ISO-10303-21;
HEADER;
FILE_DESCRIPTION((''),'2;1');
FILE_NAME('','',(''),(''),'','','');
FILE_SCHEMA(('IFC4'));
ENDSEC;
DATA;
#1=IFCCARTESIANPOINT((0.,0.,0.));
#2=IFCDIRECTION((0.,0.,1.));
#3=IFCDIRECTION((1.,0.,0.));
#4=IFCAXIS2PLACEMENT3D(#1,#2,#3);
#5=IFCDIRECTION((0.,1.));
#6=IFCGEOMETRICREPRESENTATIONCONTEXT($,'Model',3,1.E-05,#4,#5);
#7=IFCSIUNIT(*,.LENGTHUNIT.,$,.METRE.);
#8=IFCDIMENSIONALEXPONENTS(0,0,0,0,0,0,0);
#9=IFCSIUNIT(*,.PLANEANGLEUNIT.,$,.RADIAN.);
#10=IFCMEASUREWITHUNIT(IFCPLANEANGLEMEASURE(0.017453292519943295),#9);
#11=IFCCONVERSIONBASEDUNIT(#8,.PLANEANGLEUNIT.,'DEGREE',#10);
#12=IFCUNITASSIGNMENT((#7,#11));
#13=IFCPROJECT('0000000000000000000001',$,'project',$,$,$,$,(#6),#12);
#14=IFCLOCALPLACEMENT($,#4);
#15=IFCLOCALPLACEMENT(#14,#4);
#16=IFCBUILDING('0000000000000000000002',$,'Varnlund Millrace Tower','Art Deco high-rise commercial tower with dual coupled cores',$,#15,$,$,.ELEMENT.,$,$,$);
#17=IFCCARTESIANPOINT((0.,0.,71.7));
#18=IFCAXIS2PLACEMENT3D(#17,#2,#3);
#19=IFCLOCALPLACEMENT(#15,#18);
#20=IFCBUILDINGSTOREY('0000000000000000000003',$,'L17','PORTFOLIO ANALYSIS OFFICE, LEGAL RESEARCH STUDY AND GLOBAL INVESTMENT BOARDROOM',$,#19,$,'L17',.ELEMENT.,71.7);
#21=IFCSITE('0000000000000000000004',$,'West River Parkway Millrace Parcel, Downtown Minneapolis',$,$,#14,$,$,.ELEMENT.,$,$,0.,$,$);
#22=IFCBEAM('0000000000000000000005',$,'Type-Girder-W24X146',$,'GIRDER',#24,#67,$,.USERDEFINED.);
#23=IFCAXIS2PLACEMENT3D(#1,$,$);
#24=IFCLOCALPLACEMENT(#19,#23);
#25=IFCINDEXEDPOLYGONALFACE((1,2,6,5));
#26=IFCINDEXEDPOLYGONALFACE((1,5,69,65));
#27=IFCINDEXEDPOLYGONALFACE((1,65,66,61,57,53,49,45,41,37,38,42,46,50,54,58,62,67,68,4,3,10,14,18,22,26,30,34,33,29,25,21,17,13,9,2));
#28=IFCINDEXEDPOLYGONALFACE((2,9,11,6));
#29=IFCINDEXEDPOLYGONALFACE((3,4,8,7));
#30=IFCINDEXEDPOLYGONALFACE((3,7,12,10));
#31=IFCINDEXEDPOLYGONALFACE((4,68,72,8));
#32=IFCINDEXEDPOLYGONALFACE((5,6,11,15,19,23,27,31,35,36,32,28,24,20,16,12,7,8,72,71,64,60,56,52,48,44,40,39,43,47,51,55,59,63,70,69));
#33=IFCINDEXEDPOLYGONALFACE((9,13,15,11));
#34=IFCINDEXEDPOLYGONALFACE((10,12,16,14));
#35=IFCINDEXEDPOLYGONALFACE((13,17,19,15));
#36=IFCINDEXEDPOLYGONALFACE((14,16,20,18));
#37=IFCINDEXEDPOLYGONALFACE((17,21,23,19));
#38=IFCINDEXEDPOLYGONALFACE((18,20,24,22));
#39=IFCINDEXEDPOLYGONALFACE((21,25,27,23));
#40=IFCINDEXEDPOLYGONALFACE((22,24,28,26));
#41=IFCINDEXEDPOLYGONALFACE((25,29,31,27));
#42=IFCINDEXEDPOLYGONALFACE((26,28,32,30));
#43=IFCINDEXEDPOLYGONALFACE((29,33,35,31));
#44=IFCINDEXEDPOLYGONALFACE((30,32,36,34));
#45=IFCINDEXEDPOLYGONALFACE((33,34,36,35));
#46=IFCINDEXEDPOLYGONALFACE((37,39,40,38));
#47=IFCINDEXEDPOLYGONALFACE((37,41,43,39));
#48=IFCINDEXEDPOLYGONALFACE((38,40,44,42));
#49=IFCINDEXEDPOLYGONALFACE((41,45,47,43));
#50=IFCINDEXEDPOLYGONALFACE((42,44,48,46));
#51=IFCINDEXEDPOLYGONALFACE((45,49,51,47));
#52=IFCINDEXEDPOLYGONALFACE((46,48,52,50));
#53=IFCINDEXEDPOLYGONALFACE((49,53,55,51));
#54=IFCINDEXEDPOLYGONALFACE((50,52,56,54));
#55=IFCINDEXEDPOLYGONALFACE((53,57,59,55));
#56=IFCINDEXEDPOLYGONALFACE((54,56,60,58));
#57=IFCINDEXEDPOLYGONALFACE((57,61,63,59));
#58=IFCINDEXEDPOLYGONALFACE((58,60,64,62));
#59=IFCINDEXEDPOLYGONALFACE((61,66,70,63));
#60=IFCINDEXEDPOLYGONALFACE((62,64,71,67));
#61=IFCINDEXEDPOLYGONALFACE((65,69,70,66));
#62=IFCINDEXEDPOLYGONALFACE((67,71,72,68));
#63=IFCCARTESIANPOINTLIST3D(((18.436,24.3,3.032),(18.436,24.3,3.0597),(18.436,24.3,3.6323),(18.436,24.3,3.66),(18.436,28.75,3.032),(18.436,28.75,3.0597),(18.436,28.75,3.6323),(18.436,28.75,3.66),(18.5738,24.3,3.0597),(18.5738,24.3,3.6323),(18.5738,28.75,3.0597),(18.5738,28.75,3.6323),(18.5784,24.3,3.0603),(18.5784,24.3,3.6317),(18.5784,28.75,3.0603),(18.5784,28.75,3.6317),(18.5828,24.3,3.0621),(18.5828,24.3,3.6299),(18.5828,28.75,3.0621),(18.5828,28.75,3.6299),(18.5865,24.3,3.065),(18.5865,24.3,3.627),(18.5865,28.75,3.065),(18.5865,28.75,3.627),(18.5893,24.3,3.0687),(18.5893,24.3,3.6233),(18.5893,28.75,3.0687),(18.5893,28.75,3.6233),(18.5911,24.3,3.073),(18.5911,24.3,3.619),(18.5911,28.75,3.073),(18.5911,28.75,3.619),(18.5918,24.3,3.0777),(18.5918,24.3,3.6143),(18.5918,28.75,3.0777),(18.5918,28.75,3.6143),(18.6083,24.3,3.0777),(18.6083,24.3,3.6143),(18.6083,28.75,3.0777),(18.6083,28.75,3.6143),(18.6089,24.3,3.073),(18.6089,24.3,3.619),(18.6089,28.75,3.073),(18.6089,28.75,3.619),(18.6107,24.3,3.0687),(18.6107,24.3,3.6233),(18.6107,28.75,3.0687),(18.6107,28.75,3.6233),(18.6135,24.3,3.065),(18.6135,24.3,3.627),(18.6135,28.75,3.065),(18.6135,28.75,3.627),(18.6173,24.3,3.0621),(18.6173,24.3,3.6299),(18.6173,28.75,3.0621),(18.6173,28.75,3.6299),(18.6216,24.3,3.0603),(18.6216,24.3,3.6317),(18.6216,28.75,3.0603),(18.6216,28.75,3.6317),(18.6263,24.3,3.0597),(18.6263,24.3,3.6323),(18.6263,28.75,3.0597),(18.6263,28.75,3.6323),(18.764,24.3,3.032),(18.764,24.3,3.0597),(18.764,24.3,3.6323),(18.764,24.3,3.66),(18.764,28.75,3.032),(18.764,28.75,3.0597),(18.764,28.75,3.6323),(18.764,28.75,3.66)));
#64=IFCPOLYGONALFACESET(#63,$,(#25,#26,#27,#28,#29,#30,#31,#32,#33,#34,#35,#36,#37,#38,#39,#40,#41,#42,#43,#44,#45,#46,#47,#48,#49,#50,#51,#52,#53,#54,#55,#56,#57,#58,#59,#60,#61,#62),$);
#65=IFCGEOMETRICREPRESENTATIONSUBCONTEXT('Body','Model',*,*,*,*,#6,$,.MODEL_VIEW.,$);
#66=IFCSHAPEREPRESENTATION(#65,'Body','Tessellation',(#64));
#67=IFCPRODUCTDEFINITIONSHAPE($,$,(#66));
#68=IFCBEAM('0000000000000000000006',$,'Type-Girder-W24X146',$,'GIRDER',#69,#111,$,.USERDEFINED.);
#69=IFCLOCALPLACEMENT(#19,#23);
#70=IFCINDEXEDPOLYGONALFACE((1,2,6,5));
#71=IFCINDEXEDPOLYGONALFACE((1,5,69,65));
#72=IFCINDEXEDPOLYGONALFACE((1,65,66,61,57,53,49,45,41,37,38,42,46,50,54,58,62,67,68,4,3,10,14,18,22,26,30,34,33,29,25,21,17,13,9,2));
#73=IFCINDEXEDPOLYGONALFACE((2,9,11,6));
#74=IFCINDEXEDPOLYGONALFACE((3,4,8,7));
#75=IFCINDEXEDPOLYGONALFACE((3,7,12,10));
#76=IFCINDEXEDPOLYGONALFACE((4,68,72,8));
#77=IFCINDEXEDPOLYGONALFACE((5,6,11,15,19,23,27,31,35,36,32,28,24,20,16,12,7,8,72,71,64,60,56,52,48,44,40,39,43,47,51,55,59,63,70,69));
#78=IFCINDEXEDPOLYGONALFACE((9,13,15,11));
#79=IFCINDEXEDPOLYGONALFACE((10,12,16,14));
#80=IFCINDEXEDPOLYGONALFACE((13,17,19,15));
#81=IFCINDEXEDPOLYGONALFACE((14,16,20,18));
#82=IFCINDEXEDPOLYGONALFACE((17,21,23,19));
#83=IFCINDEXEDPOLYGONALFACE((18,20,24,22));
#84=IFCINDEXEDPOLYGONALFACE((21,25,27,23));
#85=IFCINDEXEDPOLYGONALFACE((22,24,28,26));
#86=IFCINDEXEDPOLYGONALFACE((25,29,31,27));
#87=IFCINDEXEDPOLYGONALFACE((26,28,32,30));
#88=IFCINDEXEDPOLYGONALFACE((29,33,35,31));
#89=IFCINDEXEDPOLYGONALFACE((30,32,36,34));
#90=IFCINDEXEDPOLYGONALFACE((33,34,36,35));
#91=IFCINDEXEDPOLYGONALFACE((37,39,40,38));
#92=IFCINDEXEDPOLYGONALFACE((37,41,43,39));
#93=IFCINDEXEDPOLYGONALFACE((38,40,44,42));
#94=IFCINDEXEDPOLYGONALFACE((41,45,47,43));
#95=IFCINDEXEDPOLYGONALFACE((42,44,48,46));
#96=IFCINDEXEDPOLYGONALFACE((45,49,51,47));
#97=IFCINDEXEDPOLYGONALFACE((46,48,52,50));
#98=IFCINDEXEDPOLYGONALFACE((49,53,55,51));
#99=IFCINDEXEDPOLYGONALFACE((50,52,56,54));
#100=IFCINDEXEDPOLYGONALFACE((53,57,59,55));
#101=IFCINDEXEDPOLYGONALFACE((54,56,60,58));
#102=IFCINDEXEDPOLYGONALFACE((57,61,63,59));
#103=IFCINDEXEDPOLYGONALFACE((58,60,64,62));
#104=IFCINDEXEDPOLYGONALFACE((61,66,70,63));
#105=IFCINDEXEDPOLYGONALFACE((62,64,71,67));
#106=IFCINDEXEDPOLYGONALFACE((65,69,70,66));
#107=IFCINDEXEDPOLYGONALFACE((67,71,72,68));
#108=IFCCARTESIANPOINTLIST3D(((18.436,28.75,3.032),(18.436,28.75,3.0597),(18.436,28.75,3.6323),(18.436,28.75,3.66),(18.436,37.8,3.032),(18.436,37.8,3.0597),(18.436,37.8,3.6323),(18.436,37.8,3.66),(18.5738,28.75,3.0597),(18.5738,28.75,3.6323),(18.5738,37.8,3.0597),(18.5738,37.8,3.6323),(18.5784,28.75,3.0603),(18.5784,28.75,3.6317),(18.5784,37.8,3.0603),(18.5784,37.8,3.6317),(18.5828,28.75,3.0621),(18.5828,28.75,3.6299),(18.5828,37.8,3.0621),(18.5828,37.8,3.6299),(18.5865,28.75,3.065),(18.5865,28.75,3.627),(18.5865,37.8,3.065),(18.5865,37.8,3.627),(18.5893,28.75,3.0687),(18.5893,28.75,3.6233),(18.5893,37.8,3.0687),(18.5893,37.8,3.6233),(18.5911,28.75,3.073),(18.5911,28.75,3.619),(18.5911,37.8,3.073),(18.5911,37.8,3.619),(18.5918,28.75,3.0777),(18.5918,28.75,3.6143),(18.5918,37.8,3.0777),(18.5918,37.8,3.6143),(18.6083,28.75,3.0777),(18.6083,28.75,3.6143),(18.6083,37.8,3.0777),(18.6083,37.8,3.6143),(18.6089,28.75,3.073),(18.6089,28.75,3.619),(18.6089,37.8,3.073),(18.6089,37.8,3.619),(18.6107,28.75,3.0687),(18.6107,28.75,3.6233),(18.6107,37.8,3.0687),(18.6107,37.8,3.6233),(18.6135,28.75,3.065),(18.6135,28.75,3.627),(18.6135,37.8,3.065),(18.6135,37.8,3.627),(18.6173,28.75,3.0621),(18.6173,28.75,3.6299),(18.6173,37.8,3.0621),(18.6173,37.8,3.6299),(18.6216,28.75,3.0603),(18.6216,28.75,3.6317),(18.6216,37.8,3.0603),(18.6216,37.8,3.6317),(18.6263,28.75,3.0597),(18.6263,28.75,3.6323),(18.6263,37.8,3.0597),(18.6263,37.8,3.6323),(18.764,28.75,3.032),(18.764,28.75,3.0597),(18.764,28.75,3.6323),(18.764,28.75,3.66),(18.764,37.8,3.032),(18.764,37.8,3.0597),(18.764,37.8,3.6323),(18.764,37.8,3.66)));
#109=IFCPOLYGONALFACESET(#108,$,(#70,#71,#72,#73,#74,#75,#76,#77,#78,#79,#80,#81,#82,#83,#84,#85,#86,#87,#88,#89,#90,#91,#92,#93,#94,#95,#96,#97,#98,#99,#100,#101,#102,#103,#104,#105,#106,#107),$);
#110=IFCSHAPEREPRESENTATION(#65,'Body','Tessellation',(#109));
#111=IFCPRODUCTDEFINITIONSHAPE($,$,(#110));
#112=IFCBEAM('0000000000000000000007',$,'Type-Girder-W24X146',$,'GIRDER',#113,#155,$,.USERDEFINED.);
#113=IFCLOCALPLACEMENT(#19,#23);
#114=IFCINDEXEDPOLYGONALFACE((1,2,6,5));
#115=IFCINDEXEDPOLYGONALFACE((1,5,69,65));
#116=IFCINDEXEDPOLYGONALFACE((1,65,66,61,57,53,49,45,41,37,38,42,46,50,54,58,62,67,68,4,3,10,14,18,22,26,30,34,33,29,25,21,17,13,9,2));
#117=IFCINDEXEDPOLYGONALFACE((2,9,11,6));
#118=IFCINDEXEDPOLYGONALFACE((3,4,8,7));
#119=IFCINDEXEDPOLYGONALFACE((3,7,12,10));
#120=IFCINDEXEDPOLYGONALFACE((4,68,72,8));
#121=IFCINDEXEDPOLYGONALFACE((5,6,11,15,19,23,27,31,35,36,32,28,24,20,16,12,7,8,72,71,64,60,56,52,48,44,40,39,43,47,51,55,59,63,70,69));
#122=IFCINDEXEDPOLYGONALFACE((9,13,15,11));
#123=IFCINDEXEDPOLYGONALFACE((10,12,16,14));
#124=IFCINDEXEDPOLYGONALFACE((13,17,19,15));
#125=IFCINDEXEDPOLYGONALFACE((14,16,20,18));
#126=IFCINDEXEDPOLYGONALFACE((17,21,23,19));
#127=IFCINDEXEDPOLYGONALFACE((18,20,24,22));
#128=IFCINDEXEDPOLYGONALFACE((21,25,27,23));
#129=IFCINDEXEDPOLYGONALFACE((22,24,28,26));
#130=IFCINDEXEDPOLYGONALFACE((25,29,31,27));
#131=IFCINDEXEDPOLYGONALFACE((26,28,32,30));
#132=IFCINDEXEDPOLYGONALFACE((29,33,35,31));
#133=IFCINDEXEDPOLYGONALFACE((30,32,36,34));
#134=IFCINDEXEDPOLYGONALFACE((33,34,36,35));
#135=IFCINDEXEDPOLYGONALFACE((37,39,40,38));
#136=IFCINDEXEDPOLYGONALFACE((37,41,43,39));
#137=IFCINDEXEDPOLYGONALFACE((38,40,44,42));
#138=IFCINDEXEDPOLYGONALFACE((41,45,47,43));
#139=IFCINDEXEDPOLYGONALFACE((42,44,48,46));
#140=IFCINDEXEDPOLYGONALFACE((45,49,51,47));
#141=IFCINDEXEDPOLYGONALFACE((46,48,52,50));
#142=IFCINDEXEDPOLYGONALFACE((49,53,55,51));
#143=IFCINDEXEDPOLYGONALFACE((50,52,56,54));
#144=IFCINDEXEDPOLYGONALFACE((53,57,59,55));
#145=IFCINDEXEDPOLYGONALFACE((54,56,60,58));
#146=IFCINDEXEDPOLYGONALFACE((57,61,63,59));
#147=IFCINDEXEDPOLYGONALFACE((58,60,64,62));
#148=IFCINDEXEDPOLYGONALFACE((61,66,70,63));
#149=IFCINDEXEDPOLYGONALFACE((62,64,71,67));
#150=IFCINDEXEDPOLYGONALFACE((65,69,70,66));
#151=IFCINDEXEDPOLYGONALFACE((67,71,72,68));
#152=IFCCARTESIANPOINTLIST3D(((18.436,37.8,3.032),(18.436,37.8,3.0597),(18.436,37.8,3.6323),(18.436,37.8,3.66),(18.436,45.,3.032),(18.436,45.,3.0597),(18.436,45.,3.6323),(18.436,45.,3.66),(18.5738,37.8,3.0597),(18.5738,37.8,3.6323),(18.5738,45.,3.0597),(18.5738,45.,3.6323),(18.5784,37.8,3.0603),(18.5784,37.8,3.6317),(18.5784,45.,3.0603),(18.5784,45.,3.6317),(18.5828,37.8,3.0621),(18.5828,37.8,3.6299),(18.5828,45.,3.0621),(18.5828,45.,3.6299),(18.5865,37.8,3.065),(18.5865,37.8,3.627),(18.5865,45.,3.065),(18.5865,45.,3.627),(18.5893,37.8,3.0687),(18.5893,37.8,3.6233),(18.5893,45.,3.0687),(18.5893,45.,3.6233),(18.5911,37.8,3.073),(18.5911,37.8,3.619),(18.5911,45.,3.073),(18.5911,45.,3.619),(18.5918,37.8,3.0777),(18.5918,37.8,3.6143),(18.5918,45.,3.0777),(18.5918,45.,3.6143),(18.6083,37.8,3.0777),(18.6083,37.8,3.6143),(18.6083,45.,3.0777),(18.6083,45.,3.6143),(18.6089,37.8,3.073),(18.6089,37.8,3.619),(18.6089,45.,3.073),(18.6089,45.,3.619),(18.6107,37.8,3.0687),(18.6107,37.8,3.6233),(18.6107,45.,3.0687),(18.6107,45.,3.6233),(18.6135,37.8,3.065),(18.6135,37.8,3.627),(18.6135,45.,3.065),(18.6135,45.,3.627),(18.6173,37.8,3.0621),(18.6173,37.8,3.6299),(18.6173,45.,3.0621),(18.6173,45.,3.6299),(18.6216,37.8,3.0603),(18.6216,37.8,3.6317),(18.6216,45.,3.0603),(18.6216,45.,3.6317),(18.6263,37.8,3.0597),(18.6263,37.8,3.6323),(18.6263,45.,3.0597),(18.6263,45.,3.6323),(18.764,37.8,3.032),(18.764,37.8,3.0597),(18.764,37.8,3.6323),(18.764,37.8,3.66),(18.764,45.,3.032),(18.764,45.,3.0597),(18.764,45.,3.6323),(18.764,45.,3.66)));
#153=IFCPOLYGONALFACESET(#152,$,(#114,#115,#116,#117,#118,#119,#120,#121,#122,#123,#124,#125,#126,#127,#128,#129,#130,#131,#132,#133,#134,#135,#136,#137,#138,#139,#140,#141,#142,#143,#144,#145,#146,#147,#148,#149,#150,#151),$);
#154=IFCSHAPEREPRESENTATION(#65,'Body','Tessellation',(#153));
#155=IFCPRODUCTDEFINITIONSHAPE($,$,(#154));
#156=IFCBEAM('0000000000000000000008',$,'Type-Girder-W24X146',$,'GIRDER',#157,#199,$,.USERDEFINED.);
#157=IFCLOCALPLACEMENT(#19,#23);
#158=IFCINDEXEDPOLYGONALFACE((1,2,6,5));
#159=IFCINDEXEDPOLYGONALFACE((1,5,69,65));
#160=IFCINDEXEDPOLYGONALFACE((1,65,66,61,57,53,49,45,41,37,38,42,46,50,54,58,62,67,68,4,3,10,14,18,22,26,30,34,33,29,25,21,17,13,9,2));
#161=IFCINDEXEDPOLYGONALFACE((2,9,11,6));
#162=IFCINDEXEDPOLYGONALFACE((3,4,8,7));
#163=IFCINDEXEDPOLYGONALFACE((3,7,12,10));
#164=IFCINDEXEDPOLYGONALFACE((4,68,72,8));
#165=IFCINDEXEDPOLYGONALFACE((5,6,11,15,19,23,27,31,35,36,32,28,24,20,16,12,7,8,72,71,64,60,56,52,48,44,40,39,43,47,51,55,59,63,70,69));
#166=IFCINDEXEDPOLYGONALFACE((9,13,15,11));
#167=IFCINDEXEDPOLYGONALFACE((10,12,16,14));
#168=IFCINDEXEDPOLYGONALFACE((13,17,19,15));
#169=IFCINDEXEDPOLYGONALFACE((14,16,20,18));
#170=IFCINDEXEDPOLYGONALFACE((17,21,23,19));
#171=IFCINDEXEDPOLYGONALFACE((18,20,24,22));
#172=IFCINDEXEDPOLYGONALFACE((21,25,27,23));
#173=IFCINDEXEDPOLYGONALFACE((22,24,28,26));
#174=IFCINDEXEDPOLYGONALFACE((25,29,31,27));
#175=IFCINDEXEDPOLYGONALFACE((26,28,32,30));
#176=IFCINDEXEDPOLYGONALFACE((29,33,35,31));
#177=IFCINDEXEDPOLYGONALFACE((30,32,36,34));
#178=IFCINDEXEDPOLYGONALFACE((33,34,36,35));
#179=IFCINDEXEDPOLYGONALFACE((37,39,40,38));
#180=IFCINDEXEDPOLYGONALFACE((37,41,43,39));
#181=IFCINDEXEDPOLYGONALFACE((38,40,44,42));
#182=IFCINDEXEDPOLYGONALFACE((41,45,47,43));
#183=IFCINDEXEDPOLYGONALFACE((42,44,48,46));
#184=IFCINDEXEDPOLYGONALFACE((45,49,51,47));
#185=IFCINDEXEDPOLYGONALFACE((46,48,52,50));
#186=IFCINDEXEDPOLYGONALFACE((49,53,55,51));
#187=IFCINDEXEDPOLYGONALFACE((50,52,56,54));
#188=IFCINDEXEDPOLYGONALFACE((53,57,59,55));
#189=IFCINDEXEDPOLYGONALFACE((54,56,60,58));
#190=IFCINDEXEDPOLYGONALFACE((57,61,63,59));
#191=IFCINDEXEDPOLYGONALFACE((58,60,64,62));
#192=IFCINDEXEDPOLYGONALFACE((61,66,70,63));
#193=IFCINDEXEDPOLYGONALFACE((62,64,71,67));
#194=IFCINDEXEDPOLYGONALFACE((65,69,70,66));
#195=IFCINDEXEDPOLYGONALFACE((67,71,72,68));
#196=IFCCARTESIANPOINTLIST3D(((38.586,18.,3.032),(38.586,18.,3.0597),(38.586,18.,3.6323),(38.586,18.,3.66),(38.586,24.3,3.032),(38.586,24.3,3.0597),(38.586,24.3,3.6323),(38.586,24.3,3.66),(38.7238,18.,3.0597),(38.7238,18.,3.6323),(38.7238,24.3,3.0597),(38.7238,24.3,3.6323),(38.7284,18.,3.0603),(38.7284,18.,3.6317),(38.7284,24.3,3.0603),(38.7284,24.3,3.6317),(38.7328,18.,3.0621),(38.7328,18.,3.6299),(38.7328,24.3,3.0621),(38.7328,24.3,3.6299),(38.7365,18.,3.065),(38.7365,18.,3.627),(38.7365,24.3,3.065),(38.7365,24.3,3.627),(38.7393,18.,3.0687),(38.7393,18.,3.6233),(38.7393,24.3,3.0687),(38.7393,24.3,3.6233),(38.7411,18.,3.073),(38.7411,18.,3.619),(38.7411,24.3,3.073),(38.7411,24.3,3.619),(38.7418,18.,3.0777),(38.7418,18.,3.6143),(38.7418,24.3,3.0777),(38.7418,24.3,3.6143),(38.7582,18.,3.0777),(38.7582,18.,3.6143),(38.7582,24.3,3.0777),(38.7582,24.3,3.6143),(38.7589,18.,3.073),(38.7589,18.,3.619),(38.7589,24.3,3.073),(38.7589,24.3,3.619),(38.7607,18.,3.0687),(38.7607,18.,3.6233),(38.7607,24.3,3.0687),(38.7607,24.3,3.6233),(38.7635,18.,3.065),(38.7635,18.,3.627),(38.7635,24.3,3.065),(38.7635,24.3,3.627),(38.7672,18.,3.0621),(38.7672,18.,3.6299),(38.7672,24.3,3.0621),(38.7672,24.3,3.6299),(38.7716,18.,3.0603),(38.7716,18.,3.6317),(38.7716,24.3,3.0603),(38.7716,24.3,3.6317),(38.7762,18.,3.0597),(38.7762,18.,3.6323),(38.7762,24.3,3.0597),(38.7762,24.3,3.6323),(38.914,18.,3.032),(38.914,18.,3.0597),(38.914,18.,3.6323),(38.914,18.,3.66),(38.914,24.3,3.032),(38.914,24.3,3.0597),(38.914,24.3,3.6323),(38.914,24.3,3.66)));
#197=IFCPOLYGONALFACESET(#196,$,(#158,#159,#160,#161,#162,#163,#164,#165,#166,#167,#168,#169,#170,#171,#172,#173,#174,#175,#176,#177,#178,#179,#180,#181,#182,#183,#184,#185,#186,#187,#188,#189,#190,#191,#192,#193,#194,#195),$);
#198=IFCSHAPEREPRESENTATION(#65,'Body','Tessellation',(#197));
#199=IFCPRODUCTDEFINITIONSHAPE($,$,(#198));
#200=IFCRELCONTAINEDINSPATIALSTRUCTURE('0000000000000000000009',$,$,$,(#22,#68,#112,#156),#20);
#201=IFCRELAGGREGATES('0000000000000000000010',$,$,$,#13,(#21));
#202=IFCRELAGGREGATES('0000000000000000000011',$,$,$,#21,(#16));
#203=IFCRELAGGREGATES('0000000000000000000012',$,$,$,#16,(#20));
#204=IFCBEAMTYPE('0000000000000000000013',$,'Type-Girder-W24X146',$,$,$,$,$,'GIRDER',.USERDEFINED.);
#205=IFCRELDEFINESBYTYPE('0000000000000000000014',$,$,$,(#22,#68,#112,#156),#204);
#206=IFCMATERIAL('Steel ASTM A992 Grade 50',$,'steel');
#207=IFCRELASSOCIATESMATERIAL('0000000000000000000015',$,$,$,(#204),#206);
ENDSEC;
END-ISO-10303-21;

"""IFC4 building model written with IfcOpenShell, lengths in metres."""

from ifc_helpers import new_model, entity, si_unit, converted_unit, direction, frame, origin_with_axes, origin_2d_with_axis, place, context, subcontext, project, spatial, i_section, extrude, material, material_profile, profile_set, type_object, element, save


model = new_model("IFC4")

# Units and contexts
model_context = context("Model", 3, precision=1e-05, world=origin_with_axes(), true_north=direction((0.0, 1.0)))
body_context = subcontext(model_context, "Body", "Model", "MODEL_VIEW")
ifc_project = project(units=[si_unit("LENGTHUNIT", "METRE"), converted_unit("PLANEANGLEUNIT", "DEGREE", entity("IfcPlaneAngleMeasure", 0.017453292519943295), si_unit("PLANEANGLEUNIT", "RADIAN"), dimensions=[0, 0, 0, 0, 0, 0, 0])], contexts=[model_context])

# Site, building, storey
site_placement = place(None, origin_with_axes())
site = spatial("IfcSite", under=ifc_project, at=site_placement, Name="West River Parkway Millrace Parcel, Downtown Minneapolis", CompositionType="ELEMENT", RefElevation=0.0)
building_placement = place(site_placement, origin_with_axes())
building = spatial("IfcBuilding", under=site, at=building_placement, Name="Varnlund Millrace Tower", Description="Art Deco high-rise commercial tower with dual coupled cores", CompositionType="ELEMENT")
storey_placement = place(building_placement, frame((0.0, 0.0, 71.7), z_axis=(0.0, 0.0, 1.0), x_axis=(1.0, 0.0, 0.0)))
storey = spatial("IfcBuildingStorey", under=building, at=storey_placement, Name="L17", Description="PORTFOLIO ANALYSIS OFFICE, LEGAL RESEARCH STUDY AND GLOBAL INVESTMENT BOARDROOM", LongName="L17", CompositionType="ELEMENT", Elevation=71.7)

# Beams
ifc_material_1 = material(Name="Steel ASTM A992 Grade 50", Category="steel")
ifc_material_profile_1 = material_profile(ifc_material_1, i_section(OverallWidth=0.328, OverallDepth=0.628, WebThickness=0.0165, FlangeThickness=0.0277, FilletRadius=0.018, at=origin_2d_with_axis()), Name="Steel ASTM A992 Grade 50")
ifc_profile_set_1 = profile_set([ifc_material_profile_1], Name="Steel ASTM A992 Grade 50")
beam_type_1 = type_object("IfcBeamType", Name="Type-Girder-W24X146", ElementType="GIRDER", PredefinedType="USERDEFINED", material=ifc_profile_set_1)
beam_1_placement = place(storey_placement, frame((18.6, 24.3, 3.346), z_axis=(0.0, 1.0, 0.0), x_axis=(-1.0, 0.0, 0.0)))
element("IfcBeam", 1, at=beam_1_placement, inside=storey, type_object=beam_type_1, Name="Type-Girder-W24X146", ObjectType="GIRDER", PredefinedType="USERDEFINED", context=body_context, shape_type="SweptSolid", body=[
    extrude(i_section(OverallWidth=0.328, OverallDepth=0.628, WebThickness=0.0165, FlangeThickness=0.0277, FilletRadius=0.018, at=origin_2d_with_axis()), origin_with_axes(), (0.0, 0.0, 1.0), 4.45),
])
beam_2_placement = place(storey_placement, frame((18.6, 28.75, 3.346), z_axis=(0.0, 1.0, 0.0), x_axis=(-1.0, 0.0, 0.0)))
element("IfcBeam", 2, at=beam_2_placement, inside=storey, type_object=beam_type_1, Name="Type-Girder-W24X146", ObjectType="GIRDER", PredefinedType="USERDEFINED", context=body_context, shape_type="SweptSolid", body=[
    extrude(i_section(OverallWidth=0.328, OverallDepth=0.628, WebThickness=0.0165, FlangeThickness=0.0277, FilletRadius=0.018, at=origin_2d_with_axis()), origin_with_axes(), (0.0, 0.0, 1.0), 9.05),
])
beam_3_placement = place(storey_placement, frame((18.6, 37.8, 3.346), z_axis=(0.0, 1.0, 0.0), x_axis=(-1.0, 0.0, 0.0)))
element("IfcBeam", 3, at=beam_3_placement, inside=storey, type_object=beam_type_1, Name="Type-Girder-W24X146", ObjectType="GIRDER", PredefinedType="USERDEFINED", context=body_context, shape_type="SweptSolid", body=[
    extrude(i_section(OverallWidth=0.328, OverallDepth=0.628, WebThickness=0.0165, FlangeThickness=0.0277, FilletRadius=0.018, at=origin_2d_with_axis()), origin_with_axes(), (0.0, 0.0, 1.0), 7.2),
])
beam_4_placement = place(storey_placement, frame((38.75, 18.0, 3.346), z_axis=(0.0, 1.0, 0.0), x_axis=(-1.0, 0.0, 0.0)))
element("IfcBeam", 4, at=beam_4_placement, inside=storey, type_object=beam_type_1, Name="Type-Girder-W24X146", ObjectType="GIRDER", PredefinedType="USERDEFINED", context=body_context, shape_type="SweptSolid", body=[
    extrude(i_section(OverallWidth=0.328, OverallDepth=0.628, WebThickness=0.0165, FlangeThickness=0.0277, FilletRadius=0.018, at=origin_2d_with_axis()), origin_with_axes(), (0.0, 0.0, 1.0), 6.3),
])

save(model, "model.ifc")
